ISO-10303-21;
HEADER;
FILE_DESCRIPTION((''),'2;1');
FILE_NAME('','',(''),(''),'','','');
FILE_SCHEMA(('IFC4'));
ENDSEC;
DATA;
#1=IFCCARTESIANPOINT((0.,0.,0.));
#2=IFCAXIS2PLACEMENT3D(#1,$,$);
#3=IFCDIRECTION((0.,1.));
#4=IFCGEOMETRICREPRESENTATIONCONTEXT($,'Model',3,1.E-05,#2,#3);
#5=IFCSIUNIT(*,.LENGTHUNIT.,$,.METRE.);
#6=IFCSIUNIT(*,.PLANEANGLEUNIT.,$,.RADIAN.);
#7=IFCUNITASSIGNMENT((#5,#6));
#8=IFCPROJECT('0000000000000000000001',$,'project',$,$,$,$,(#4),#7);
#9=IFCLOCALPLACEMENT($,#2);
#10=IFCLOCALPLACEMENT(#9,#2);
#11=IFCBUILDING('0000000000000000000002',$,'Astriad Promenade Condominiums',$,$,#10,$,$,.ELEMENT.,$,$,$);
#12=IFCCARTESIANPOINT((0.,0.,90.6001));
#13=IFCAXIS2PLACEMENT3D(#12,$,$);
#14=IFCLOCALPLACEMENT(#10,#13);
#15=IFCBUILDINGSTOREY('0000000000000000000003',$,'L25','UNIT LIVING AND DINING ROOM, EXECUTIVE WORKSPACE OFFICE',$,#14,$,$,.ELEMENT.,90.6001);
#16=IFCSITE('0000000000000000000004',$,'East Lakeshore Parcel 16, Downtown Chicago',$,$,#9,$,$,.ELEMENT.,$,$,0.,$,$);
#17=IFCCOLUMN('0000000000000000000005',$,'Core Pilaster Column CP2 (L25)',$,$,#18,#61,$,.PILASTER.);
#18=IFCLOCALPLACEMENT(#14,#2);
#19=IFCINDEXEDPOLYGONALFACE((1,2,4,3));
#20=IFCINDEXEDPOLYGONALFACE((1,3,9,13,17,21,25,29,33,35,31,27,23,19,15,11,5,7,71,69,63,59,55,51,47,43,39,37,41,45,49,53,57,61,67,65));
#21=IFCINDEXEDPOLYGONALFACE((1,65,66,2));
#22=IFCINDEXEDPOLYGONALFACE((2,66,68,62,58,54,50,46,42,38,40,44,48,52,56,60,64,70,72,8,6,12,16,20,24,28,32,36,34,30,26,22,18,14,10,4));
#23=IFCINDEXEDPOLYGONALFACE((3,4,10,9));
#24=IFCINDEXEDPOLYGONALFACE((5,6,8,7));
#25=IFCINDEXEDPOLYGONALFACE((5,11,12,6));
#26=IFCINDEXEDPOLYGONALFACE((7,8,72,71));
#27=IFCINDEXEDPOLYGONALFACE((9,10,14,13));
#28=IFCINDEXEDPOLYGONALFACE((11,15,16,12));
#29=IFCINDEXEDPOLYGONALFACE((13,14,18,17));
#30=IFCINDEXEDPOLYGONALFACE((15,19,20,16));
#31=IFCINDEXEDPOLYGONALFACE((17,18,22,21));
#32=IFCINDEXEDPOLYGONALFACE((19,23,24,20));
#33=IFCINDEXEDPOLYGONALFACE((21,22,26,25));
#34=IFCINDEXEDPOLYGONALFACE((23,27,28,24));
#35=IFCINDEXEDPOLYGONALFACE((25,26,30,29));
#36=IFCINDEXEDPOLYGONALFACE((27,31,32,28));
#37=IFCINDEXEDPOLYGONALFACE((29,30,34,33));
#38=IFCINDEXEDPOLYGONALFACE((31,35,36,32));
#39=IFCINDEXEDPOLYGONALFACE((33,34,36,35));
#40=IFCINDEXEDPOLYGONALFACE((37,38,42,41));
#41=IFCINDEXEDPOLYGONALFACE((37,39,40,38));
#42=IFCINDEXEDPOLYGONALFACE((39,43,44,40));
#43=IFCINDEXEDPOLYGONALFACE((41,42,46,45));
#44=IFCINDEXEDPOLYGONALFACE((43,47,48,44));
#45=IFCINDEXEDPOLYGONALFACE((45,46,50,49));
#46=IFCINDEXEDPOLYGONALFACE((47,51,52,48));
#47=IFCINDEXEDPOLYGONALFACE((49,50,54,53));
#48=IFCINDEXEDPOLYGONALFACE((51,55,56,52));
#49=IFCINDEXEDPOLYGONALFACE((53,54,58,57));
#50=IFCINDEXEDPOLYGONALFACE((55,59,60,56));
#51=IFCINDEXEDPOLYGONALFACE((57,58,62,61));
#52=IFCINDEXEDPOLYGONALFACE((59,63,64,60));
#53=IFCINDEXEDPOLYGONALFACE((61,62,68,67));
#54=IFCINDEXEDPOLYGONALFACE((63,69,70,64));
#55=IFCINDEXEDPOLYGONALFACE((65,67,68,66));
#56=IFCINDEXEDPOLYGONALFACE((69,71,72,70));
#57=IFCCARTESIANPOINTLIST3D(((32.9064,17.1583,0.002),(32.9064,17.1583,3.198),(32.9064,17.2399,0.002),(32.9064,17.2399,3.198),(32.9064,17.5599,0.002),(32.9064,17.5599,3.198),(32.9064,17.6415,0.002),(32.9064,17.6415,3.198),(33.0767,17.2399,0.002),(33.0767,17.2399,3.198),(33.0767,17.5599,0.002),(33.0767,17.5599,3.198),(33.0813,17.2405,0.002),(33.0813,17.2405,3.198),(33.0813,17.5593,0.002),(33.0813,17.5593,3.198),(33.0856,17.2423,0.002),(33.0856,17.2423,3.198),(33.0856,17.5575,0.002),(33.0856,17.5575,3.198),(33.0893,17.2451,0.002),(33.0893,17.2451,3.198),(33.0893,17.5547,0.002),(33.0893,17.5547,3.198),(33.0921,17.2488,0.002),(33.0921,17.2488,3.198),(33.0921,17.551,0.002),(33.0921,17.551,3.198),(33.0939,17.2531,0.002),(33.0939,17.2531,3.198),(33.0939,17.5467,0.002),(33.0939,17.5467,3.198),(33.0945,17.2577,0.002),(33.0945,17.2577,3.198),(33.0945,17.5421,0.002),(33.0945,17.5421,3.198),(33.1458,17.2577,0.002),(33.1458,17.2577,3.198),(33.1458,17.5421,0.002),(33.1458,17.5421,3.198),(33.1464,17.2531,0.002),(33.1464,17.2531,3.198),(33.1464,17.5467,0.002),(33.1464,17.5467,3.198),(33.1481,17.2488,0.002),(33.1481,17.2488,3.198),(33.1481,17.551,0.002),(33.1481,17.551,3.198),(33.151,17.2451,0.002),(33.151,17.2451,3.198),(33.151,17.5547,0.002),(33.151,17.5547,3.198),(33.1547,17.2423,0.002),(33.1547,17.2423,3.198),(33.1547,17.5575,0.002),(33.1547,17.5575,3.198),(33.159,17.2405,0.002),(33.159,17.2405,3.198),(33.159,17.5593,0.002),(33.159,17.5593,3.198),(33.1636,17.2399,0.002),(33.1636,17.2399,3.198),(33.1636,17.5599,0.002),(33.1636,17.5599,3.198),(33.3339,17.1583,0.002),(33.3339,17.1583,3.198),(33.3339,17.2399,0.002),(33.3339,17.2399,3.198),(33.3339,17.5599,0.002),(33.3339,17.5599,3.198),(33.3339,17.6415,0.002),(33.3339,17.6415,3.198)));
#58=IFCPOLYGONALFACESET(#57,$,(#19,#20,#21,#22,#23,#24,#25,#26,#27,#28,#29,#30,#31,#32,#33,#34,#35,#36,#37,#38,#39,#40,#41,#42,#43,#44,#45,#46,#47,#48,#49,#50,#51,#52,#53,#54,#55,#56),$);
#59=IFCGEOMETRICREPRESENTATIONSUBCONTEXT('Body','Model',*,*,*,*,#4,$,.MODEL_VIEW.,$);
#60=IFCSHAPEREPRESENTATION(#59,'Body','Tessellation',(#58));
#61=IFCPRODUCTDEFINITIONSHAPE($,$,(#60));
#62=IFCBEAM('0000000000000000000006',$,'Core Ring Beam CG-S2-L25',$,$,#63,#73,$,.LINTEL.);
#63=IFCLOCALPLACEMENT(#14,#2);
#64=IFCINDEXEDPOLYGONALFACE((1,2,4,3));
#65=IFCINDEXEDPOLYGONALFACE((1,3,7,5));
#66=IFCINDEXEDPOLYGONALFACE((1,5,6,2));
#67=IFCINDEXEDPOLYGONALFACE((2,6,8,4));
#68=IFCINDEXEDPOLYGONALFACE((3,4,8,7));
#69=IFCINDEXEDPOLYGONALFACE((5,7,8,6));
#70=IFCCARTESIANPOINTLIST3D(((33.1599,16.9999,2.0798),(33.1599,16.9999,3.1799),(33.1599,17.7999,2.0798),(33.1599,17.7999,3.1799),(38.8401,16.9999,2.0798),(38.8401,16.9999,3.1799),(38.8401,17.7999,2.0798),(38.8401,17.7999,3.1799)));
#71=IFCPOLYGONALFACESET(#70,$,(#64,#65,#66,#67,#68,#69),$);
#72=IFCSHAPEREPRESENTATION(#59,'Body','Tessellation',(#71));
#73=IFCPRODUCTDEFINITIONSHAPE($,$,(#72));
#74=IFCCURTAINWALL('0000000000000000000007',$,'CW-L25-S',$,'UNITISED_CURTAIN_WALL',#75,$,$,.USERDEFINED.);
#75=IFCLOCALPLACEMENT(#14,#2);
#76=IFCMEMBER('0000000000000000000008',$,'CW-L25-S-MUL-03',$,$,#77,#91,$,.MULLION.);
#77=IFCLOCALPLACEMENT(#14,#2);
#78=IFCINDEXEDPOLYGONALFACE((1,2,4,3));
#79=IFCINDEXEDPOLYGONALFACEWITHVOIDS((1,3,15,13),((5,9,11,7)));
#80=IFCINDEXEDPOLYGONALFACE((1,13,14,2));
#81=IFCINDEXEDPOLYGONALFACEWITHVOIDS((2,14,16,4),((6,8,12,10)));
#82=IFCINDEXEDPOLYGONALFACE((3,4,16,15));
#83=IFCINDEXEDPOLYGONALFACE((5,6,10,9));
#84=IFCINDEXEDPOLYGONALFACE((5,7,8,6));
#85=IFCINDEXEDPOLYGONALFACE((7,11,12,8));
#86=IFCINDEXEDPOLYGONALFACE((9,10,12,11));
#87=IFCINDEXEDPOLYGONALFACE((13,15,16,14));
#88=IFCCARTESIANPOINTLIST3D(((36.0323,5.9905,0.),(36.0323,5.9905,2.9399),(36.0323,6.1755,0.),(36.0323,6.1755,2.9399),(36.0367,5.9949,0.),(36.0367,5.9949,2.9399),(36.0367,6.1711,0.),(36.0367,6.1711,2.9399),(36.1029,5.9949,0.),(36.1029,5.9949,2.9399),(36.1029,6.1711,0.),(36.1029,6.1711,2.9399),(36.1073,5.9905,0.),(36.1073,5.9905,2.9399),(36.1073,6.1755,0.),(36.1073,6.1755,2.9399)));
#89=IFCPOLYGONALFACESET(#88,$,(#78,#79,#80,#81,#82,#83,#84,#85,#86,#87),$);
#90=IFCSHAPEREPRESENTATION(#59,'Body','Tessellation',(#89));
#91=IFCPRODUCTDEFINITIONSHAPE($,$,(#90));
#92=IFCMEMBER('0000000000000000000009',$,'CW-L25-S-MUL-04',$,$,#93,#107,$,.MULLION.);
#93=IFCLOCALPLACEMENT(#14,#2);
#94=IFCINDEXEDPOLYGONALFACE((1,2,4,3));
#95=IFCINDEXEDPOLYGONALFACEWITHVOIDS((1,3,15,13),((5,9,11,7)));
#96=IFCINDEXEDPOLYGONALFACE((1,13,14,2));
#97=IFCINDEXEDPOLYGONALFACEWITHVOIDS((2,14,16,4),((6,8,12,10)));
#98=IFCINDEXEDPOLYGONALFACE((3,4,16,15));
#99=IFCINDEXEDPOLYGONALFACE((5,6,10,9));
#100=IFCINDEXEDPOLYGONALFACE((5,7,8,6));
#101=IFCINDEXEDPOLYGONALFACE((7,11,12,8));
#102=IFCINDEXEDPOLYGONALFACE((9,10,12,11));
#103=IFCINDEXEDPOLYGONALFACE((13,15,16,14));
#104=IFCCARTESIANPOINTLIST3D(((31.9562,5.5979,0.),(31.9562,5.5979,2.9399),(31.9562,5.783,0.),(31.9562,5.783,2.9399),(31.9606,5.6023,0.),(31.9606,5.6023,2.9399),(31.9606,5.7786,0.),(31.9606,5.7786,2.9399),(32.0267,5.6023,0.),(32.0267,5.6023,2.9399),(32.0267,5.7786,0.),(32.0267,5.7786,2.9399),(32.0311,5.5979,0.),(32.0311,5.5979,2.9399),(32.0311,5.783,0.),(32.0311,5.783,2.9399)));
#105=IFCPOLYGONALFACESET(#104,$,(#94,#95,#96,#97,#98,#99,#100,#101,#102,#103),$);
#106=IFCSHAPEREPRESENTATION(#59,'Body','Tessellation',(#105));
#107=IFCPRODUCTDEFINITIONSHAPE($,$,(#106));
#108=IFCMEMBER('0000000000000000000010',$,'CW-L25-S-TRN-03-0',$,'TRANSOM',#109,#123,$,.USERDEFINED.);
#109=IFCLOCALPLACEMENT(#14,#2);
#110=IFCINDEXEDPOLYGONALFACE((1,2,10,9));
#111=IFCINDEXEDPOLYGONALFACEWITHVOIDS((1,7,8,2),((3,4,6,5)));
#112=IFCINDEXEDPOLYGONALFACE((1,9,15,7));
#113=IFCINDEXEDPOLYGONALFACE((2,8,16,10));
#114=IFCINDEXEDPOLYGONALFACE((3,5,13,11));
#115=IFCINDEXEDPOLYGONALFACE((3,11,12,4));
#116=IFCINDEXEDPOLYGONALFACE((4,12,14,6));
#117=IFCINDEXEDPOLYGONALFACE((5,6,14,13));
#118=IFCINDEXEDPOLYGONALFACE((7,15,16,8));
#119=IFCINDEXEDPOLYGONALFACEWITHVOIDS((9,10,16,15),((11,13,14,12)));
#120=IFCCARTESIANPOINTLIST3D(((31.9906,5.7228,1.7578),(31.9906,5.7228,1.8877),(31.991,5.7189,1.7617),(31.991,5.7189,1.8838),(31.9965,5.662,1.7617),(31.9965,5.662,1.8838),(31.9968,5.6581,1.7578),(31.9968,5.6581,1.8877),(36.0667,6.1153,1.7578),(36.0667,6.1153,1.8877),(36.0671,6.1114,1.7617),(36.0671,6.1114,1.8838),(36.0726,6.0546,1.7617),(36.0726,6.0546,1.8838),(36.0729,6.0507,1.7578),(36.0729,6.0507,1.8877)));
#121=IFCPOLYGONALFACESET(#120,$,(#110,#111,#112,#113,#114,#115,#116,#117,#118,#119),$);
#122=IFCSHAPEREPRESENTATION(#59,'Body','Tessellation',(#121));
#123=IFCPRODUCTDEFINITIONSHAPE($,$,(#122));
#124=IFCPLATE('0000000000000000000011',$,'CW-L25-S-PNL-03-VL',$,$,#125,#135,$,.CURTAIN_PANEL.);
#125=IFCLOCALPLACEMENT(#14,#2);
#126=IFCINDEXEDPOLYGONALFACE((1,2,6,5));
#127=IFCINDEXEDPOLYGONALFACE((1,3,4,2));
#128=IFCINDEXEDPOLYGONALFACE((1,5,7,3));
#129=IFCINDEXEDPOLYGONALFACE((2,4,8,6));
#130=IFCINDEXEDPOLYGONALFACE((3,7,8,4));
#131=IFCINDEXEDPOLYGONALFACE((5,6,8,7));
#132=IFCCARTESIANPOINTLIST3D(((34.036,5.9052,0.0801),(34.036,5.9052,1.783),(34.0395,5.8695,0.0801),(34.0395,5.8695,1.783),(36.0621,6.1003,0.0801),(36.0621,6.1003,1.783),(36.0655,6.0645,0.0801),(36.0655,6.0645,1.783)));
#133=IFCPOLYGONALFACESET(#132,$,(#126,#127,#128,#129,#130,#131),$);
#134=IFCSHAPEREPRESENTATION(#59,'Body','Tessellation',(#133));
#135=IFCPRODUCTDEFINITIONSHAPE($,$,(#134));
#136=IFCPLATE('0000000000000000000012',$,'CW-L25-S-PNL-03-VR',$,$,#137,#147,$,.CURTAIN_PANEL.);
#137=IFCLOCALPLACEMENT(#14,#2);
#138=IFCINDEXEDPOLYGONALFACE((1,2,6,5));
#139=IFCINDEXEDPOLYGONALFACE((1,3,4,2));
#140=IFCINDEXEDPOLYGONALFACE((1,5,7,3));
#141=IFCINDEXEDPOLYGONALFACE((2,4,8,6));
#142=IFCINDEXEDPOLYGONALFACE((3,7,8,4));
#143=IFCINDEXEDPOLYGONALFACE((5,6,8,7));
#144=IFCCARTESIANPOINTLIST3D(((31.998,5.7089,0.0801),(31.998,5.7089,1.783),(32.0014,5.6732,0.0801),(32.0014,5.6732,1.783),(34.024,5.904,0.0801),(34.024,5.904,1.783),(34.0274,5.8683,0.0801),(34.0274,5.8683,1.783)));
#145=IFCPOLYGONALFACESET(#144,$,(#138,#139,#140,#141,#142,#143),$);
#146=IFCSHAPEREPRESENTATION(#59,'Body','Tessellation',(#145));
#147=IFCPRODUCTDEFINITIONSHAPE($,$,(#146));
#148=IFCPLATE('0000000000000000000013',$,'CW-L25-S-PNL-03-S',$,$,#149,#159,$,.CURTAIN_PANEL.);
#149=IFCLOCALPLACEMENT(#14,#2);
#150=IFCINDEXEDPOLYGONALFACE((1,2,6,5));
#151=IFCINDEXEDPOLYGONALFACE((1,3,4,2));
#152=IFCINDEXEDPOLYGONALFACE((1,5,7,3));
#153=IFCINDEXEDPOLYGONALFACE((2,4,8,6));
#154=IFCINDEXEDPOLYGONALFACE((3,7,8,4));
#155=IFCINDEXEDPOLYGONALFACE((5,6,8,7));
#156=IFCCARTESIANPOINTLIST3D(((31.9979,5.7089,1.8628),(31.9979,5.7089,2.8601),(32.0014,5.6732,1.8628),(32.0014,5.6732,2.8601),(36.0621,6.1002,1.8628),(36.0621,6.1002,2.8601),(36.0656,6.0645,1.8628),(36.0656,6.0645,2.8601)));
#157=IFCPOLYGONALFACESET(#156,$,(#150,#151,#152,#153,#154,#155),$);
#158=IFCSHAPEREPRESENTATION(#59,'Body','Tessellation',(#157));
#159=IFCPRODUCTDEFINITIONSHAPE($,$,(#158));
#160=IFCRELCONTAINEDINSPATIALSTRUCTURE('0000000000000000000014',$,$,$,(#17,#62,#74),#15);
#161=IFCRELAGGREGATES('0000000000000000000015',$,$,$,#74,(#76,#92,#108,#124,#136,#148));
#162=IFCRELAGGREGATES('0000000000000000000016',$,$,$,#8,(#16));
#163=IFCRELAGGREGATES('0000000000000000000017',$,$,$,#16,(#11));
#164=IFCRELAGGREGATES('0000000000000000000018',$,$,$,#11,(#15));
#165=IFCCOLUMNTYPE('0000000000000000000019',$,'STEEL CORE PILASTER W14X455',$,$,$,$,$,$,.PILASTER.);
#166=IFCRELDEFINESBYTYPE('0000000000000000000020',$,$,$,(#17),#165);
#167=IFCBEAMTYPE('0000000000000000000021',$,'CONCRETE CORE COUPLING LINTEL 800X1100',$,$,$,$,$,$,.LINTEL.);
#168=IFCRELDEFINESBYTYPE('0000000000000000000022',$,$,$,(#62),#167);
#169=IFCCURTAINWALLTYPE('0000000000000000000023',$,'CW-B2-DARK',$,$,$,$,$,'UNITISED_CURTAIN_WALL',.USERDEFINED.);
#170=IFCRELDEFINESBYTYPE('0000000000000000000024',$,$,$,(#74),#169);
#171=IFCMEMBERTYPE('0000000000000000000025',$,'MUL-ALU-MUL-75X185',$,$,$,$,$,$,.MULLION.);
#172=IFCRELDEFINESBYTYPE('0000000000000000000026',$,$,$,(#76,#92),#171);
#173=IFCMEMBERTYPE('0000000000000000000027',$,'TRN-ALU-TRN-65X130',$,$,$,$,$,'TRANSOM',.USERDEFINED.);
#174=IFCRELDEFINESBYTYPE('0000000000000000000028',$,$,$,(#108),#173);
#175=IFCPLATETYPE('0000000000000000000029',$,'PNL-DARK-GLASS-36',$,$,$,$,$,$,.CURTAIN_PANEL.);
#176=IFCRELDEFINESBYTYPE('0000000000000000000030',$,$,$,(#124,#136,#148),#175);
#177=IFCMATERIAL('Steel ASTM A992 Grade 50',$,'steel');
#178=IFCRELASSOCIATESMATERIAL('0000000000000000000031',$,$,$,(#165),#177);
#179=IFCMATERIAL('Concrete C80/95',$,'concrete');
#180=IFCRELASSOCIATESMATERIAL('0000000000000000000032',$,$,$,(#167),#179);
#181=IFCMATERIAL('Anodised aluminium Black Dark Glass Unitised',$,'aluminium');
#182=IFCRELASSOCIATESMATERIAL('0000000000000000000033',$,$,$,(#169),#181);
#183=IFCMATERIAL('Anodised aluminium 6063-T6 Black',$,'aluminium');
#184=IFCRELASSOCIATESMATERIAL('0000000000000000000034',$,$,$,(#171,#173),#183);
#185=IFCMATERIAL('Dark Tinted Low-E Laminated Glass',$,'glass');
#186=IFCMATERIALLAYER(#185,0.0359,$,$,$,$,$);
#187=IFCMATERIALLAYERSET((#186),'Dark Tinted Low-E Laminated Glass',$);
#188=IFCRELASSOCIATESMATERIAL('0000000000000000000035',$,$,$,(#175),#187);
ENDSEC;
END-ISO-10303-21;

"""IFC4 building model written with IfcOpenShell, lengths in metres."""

from ifc_helpers import new_model, si_unit, direction, frame, origin, origin_2d, place, context, subcontext, project, spatial, rectangle, hollow_rectangle, i_section, extrude, source, transform, mapped, material, layer, layer_set, material_profile, profile_set, type_object, type_shapes, element, aggregate, save


model = new_model("IFC4")

# Units and contexts
model_context = context("Model", 3, precision=1e-05, world=origin(), true_north=direction((0.0, 1.0)))
body_context = subcontext(model_context, "Body", "Model", "MODEL_VIEW")
ifc_project = project(units=[si_unit("LENGTHUNIT", "METRE"), si_unit("PLANEANGLEUNIT", "RADIAN")], contexts=[model_context])

# Site, building, storey
site_placement = place(None, origin())
site = spatial("IfcSite", under=ifc_project, at=site_placement, Name="East Lakeshore Parcel 16, Downtown Chicago", CompositionType="ELEMENT", RefElevation=0.0)
building_placement = place(site_placement, origin())
building = spatial("IfcBuilding", under=site, at=building_placement, Name="Astriad Promenade Condominiums", CompositionType="ELEMENT")
storey_placement = place(building_placement, frame((0.0, 0.0, 90.6001)))
storey = spatial("IfcBuildingStorey", under=building, at=storey_placement, Name="L25", Description="UNIT LIVING AND DINING ROOM, EXECUTIVE WORKSPACE OFFICE", CompositionType="ELEMENT", Elevation=90.6001)

# Column
ifc_material_1 = material(Name="Steel ASTM A992 Grade 50", Category="steel")
ifc_material_profile_1 = material_profile(ifc_material_1, i_section(OverallWidth=0.4275, OverallDepth=0.4832, WebThickness=0.0513, FlangeThickness=0.0815, FilletRadius=0.0178, at=origin_2d()), Name="W14X455")
ifc_profile_set_1 = profile_set([ifc_material_profile_1], Name="Steel ASTM A992 Grade 50")
column_type = type_object("IfcColumnType", Name="STEEL CORE PILASTER W14X455", PredefinedType="PILASTER", material=ifc_profile_set_1)
shared_shape_1 = source(origin(), body_context, "Body", "SweptSolid", [
    extrude(i_section(OverallWidth=0.4275, OverallDepth=0.4832, WebThickness=0.0513, FlangeThickness=0.0815, FilletRadius=0.0178, at=origin_2d()), origin(), (0.0, 0.0, 1.0), 3.196),
])
type_shapes(column_type, [shared_shape_1])
column_placement = place(storey_placement, frame((33.1201, 17.3999, 0.002), z_axis=(0.0, 0.0, 1.0), x_axis=(1.0, 0.0, 0.0)))
element("IfcColumn", 1, at=column_placement, inside=storey, type_object=column_type, Name="Core Pilaster Column CP2 (L25)", PredefinedType="PILASTER", context=body_context, shape_type="MappedRepresentation", body=[
    mapped(shared_shape_1, transform((0.0, 0.0, 0.0), scale=1.0)),
])

# Beam
ifc_material_2 = material(Name="Concrete C80/95", Category="concrete")
ifc_material_profile_2 = material_profile(ifc_material_2, rectangle(XDim=0.8, YDim=1.1001, at=origin_2d()), Name="RC-BM-800X1100")
ifc_profile_set_2 = profile_set([ifc_material_profile_2], Name="Concrete C80/95")
beam_type = type_object("IfcBeamType", Name="CONCRETE CORE COUPLING LINTEL 800X1100", PredefinedType="LINTEL", material=ifc_profile_set_2)
shared_shape_2 = source(origin(), body_context, "Body", "SweptSolid", [
    extrude(rectangle(XDim=0.8, YDim=1.1001, at=origin_2d()), origin(), (0.0, 0.0, 1.0), 5.6802),
])
type_shapes(beam_type, [shared_shape_2])
beam_placement = place(storey_placement, frame((33.1599, 17.3999, 2.6299), z_axis=(1.0, 0.0, 0.0), x_axis=(0.0, 1.0, 0.0)))
element("IfcBeam", 2, at=beam_placement, inside=storey, type_object=beam_type, Name="Core Ring Beam CG-S2-L25", PredefinedType="LINTEL", context=body_context, shape_type="MappedRepresentation", body=[
    mapped(shared_shape_2, transform((0.0, 0.0, 0.0), scale=1.0)),
])

# Curtain wall, members, plates
ifc_material_3 = material(Name="Anodised aluminium Black Dark Glass Unitised", Category="aluminium")
curtain_wall_type = type_object("IfcCurtainWallType", Name="CW-B2-DARK", ElementType="UNITISED_CURTAIN_WALL", PredefinedType="USERDEFINED", material=ifc_material_3)
curtain_wall_placement = place(storey_placement, origin())
curtain_wall = element("IfcCurtainWall", 3, at=curtain_wall_placement, inside=storey, type_object=curtain_wall_type, Name="CW-L25-S", ObjectType="UNITISED_CURTAIN_WALL", PredefinedType="USERDEFINED")
ifc_material_4 = material(Name="Anodised aluminium 6063-T6 Black", Category="aluminium")
ifc_material_profile_3 = material_profile(ifc_material_4, hollow_rectangle(XDim=0.075, YDim=0.1851, WallThickness=0.0044, at=origin_2d()), Name="ALU-MUL-75X185")
ifc_profile_set_3 = profile_set([ifc_material_profile_3], Name="Anodised aluminium 6063-T6 Black")
member_type_1 = type_object("IfcMemberType", Name="MUL-ALU-MUL-75X185", PredefinedType="MULLION", material=ifc_profile_set_3)
shared_shape_3 = source(origin(), body_context, "Body", "SweptSolid", [
    extrude(hollow_rectangle(XDim=0.075, YDim=0.1851, WallThickness=0.0044, at=origin_2d()), origin(), (0.0, 0.0, 1.0), 2.9399),
])
type_shapes(member_type_1, [shared_shape_3])
member_1_placement = place(storey_placement, frame((36.0698, 6.083, 0.0), z_axis=(0.0, 0.0, 1.0), x_axis=(1.0, 0.0, 0.0)))
member_1 = element("IfcMember", 4, at=member_1_placement, type_object=member_type_1, Name="CW-L25-S-MUL-03", PredefinedType="MULLION", context=body_context, shape_type="MappedRepresentation", body=[
    mapped(shared_shape_3, transform((0.0, 0.0, 0.0), scale=1.0)),
])
member_2_placement = place(storey_placement, frame((31.9937, 5.6904, 0.0), z_axis=(0.0, 0.0, 1.0), x_axis=(1.0, 0.0, 0.0)))
member_2 = element("IfcMember", 5, at=member_2_placement, type_object=member_type_1, Name="CW-L25-S-MUL-04", PredefinedType="MULLION", context=body_context, shape_type="MappedRepresentation", body=[
    mapped(shared_shape_3, transform((0.0, 0.0, 0.0), scale=1.0)),
])
ifc_material_profile_4 = material_profile(ifc_material_4, hollow_rectangle(XDim=0.0649, YDim=0.1299, WallThickness=0.0039, at=origin_2d()), Name="ALU-TRN-65X130")
ifc_profile_set_4 = profile_set([ifc_material_profile_4], Name="Anodised aluminium 6063-T6 Black")
member_type_2 = type_object("IfcMemberType", Name="TRN-ALU-TRN-65X130", ElementType="TRANSOM", PredefinedType="USERDEFINED", material=ifc_profile_set_4)
shared_shape_4 = source(origin(), body_context, "Body", "SweptSolid", [
    extrude(hollow_rectangle(XDim=0.0649, YDim=0.1299, WallThickness=0.0039, at=origin_2d()), origin(), (0.0, 0.0, 1.0), 4.095),
])
type_shapes(member_type_2, [shared_shape_4])
member_3_placement = place(storey_placement, frame((36.0698, 6.083, 1.8228), z_axis=(-0.995394, -0.095867, 0.0), x_axis=(0.095867, -0.995394, 0.0)))
member_3 = element("IfcMember", 6, at=member_3_placement, type_object=member_type_2, Name="CW-L25-S-TRN-03-0", ObjectType="TRANSOM", PredefinedType="USERDEFINED", context=body_context, shape_type="MappedRepresentation", body=[
    mapped(shared_shape_4, transform((0.0, 0.0, 0.0), scale=1.0)),
])
ifc_material_5 = material(Name="Dark Tinted Low-E Laminated Glass", Category="glass")
ifc_layer_1 = layer(ifc_material_5, 0.0359)
ifc_layer_set_1 = layer_set([ifc_layer_1], Name="Dark Tinted Low-E Laminated Glass")
plate_type = type_object("IfcPlateType", Name="PNL-DARK-GLASS-36", PredefinedType="CURTAIN_PANEL", material=ifc_layer_set_1)
shared_shape_5 = source(origin(), body_context, "Body", "SweptSolid", [
    extrude(rectangle(XDim=2.0354, YDim=0.0359, at=origin_2d()), origin(), (0.0, 0.0, 1.0), 1.7029),
])
plate_1_placement = place(storey_placement, frame((35.0508, 5.9849, 0.0801), z_axis=(0.0, 0.0, 1.0), x_axis=(-0.995396, -0.095846, 0.0)))
plate_1 = element("IfcPlate", 7, at=plate_1_placement, type_object=plate_type, Name="CW-L25-S-PNL-03-VL", PredefinedType="CURTAIN_PANEL", context=body_context, shape_type="MappedRepresentation", body=[
    mapped(shared_shape_5, transform((0.0, 0.0, 0.0), scale=1.0)),
])
plate_2_placement = place(storey_placement, frame((33.0127, 5.7886, 0.0801), z_axis=(0.0, 0.0, 1.0), x_axis=(-0.995396, -0.095846, 0.0)))
plate_2 = element("IfcPlate", 8, at=plate_2_placement, type_object=plate_type, Name="CW-L25-S-PNL-03-VR", PredefinedType="CURTAIN_PANEL", context=body_context, shape_type="MappedRepresentation", body=[
    mapped(shared_shape_5, transform((0.0, 0.0, 0.0), scale=1.0)),
])
shared_shape_6 = source(origin(), body_context, "Body", "SweptSolid", [
    extrude(rectangle(XDim=4.083, YDim=0.0359, at=origin_2d()), origin(), (0.0, 0.0, 1.0), 0.9973),
])
type_shapes(plate_type, [shared_shape_5, shared_shape_6])
plate_3_placement = place(storey_placement, frame((34.0317, 5.8867, 1.8628), z_axis=(0.0, 0.0, 1.0), x_axis=(-0.995396, -0.095846, 0.0)))
plate_3 = element("IfcPlate", 9, at=plate_3_placement, type_object=plate_type, Name="CW-L25-S-PNL-03-S", PredefinedType="CURTAIN_PANEL", context=body_context, shape_type="MappedRepresentation", body=[
    mapped(shared_shape_6, transform((0.0, 0.0, 0.0), scale=1.0)),
])
aggregate(curtain_wall, [member_1, member_2, member_3, plate_1, plate_2, plate_3])

save(model, "model.ifc")
